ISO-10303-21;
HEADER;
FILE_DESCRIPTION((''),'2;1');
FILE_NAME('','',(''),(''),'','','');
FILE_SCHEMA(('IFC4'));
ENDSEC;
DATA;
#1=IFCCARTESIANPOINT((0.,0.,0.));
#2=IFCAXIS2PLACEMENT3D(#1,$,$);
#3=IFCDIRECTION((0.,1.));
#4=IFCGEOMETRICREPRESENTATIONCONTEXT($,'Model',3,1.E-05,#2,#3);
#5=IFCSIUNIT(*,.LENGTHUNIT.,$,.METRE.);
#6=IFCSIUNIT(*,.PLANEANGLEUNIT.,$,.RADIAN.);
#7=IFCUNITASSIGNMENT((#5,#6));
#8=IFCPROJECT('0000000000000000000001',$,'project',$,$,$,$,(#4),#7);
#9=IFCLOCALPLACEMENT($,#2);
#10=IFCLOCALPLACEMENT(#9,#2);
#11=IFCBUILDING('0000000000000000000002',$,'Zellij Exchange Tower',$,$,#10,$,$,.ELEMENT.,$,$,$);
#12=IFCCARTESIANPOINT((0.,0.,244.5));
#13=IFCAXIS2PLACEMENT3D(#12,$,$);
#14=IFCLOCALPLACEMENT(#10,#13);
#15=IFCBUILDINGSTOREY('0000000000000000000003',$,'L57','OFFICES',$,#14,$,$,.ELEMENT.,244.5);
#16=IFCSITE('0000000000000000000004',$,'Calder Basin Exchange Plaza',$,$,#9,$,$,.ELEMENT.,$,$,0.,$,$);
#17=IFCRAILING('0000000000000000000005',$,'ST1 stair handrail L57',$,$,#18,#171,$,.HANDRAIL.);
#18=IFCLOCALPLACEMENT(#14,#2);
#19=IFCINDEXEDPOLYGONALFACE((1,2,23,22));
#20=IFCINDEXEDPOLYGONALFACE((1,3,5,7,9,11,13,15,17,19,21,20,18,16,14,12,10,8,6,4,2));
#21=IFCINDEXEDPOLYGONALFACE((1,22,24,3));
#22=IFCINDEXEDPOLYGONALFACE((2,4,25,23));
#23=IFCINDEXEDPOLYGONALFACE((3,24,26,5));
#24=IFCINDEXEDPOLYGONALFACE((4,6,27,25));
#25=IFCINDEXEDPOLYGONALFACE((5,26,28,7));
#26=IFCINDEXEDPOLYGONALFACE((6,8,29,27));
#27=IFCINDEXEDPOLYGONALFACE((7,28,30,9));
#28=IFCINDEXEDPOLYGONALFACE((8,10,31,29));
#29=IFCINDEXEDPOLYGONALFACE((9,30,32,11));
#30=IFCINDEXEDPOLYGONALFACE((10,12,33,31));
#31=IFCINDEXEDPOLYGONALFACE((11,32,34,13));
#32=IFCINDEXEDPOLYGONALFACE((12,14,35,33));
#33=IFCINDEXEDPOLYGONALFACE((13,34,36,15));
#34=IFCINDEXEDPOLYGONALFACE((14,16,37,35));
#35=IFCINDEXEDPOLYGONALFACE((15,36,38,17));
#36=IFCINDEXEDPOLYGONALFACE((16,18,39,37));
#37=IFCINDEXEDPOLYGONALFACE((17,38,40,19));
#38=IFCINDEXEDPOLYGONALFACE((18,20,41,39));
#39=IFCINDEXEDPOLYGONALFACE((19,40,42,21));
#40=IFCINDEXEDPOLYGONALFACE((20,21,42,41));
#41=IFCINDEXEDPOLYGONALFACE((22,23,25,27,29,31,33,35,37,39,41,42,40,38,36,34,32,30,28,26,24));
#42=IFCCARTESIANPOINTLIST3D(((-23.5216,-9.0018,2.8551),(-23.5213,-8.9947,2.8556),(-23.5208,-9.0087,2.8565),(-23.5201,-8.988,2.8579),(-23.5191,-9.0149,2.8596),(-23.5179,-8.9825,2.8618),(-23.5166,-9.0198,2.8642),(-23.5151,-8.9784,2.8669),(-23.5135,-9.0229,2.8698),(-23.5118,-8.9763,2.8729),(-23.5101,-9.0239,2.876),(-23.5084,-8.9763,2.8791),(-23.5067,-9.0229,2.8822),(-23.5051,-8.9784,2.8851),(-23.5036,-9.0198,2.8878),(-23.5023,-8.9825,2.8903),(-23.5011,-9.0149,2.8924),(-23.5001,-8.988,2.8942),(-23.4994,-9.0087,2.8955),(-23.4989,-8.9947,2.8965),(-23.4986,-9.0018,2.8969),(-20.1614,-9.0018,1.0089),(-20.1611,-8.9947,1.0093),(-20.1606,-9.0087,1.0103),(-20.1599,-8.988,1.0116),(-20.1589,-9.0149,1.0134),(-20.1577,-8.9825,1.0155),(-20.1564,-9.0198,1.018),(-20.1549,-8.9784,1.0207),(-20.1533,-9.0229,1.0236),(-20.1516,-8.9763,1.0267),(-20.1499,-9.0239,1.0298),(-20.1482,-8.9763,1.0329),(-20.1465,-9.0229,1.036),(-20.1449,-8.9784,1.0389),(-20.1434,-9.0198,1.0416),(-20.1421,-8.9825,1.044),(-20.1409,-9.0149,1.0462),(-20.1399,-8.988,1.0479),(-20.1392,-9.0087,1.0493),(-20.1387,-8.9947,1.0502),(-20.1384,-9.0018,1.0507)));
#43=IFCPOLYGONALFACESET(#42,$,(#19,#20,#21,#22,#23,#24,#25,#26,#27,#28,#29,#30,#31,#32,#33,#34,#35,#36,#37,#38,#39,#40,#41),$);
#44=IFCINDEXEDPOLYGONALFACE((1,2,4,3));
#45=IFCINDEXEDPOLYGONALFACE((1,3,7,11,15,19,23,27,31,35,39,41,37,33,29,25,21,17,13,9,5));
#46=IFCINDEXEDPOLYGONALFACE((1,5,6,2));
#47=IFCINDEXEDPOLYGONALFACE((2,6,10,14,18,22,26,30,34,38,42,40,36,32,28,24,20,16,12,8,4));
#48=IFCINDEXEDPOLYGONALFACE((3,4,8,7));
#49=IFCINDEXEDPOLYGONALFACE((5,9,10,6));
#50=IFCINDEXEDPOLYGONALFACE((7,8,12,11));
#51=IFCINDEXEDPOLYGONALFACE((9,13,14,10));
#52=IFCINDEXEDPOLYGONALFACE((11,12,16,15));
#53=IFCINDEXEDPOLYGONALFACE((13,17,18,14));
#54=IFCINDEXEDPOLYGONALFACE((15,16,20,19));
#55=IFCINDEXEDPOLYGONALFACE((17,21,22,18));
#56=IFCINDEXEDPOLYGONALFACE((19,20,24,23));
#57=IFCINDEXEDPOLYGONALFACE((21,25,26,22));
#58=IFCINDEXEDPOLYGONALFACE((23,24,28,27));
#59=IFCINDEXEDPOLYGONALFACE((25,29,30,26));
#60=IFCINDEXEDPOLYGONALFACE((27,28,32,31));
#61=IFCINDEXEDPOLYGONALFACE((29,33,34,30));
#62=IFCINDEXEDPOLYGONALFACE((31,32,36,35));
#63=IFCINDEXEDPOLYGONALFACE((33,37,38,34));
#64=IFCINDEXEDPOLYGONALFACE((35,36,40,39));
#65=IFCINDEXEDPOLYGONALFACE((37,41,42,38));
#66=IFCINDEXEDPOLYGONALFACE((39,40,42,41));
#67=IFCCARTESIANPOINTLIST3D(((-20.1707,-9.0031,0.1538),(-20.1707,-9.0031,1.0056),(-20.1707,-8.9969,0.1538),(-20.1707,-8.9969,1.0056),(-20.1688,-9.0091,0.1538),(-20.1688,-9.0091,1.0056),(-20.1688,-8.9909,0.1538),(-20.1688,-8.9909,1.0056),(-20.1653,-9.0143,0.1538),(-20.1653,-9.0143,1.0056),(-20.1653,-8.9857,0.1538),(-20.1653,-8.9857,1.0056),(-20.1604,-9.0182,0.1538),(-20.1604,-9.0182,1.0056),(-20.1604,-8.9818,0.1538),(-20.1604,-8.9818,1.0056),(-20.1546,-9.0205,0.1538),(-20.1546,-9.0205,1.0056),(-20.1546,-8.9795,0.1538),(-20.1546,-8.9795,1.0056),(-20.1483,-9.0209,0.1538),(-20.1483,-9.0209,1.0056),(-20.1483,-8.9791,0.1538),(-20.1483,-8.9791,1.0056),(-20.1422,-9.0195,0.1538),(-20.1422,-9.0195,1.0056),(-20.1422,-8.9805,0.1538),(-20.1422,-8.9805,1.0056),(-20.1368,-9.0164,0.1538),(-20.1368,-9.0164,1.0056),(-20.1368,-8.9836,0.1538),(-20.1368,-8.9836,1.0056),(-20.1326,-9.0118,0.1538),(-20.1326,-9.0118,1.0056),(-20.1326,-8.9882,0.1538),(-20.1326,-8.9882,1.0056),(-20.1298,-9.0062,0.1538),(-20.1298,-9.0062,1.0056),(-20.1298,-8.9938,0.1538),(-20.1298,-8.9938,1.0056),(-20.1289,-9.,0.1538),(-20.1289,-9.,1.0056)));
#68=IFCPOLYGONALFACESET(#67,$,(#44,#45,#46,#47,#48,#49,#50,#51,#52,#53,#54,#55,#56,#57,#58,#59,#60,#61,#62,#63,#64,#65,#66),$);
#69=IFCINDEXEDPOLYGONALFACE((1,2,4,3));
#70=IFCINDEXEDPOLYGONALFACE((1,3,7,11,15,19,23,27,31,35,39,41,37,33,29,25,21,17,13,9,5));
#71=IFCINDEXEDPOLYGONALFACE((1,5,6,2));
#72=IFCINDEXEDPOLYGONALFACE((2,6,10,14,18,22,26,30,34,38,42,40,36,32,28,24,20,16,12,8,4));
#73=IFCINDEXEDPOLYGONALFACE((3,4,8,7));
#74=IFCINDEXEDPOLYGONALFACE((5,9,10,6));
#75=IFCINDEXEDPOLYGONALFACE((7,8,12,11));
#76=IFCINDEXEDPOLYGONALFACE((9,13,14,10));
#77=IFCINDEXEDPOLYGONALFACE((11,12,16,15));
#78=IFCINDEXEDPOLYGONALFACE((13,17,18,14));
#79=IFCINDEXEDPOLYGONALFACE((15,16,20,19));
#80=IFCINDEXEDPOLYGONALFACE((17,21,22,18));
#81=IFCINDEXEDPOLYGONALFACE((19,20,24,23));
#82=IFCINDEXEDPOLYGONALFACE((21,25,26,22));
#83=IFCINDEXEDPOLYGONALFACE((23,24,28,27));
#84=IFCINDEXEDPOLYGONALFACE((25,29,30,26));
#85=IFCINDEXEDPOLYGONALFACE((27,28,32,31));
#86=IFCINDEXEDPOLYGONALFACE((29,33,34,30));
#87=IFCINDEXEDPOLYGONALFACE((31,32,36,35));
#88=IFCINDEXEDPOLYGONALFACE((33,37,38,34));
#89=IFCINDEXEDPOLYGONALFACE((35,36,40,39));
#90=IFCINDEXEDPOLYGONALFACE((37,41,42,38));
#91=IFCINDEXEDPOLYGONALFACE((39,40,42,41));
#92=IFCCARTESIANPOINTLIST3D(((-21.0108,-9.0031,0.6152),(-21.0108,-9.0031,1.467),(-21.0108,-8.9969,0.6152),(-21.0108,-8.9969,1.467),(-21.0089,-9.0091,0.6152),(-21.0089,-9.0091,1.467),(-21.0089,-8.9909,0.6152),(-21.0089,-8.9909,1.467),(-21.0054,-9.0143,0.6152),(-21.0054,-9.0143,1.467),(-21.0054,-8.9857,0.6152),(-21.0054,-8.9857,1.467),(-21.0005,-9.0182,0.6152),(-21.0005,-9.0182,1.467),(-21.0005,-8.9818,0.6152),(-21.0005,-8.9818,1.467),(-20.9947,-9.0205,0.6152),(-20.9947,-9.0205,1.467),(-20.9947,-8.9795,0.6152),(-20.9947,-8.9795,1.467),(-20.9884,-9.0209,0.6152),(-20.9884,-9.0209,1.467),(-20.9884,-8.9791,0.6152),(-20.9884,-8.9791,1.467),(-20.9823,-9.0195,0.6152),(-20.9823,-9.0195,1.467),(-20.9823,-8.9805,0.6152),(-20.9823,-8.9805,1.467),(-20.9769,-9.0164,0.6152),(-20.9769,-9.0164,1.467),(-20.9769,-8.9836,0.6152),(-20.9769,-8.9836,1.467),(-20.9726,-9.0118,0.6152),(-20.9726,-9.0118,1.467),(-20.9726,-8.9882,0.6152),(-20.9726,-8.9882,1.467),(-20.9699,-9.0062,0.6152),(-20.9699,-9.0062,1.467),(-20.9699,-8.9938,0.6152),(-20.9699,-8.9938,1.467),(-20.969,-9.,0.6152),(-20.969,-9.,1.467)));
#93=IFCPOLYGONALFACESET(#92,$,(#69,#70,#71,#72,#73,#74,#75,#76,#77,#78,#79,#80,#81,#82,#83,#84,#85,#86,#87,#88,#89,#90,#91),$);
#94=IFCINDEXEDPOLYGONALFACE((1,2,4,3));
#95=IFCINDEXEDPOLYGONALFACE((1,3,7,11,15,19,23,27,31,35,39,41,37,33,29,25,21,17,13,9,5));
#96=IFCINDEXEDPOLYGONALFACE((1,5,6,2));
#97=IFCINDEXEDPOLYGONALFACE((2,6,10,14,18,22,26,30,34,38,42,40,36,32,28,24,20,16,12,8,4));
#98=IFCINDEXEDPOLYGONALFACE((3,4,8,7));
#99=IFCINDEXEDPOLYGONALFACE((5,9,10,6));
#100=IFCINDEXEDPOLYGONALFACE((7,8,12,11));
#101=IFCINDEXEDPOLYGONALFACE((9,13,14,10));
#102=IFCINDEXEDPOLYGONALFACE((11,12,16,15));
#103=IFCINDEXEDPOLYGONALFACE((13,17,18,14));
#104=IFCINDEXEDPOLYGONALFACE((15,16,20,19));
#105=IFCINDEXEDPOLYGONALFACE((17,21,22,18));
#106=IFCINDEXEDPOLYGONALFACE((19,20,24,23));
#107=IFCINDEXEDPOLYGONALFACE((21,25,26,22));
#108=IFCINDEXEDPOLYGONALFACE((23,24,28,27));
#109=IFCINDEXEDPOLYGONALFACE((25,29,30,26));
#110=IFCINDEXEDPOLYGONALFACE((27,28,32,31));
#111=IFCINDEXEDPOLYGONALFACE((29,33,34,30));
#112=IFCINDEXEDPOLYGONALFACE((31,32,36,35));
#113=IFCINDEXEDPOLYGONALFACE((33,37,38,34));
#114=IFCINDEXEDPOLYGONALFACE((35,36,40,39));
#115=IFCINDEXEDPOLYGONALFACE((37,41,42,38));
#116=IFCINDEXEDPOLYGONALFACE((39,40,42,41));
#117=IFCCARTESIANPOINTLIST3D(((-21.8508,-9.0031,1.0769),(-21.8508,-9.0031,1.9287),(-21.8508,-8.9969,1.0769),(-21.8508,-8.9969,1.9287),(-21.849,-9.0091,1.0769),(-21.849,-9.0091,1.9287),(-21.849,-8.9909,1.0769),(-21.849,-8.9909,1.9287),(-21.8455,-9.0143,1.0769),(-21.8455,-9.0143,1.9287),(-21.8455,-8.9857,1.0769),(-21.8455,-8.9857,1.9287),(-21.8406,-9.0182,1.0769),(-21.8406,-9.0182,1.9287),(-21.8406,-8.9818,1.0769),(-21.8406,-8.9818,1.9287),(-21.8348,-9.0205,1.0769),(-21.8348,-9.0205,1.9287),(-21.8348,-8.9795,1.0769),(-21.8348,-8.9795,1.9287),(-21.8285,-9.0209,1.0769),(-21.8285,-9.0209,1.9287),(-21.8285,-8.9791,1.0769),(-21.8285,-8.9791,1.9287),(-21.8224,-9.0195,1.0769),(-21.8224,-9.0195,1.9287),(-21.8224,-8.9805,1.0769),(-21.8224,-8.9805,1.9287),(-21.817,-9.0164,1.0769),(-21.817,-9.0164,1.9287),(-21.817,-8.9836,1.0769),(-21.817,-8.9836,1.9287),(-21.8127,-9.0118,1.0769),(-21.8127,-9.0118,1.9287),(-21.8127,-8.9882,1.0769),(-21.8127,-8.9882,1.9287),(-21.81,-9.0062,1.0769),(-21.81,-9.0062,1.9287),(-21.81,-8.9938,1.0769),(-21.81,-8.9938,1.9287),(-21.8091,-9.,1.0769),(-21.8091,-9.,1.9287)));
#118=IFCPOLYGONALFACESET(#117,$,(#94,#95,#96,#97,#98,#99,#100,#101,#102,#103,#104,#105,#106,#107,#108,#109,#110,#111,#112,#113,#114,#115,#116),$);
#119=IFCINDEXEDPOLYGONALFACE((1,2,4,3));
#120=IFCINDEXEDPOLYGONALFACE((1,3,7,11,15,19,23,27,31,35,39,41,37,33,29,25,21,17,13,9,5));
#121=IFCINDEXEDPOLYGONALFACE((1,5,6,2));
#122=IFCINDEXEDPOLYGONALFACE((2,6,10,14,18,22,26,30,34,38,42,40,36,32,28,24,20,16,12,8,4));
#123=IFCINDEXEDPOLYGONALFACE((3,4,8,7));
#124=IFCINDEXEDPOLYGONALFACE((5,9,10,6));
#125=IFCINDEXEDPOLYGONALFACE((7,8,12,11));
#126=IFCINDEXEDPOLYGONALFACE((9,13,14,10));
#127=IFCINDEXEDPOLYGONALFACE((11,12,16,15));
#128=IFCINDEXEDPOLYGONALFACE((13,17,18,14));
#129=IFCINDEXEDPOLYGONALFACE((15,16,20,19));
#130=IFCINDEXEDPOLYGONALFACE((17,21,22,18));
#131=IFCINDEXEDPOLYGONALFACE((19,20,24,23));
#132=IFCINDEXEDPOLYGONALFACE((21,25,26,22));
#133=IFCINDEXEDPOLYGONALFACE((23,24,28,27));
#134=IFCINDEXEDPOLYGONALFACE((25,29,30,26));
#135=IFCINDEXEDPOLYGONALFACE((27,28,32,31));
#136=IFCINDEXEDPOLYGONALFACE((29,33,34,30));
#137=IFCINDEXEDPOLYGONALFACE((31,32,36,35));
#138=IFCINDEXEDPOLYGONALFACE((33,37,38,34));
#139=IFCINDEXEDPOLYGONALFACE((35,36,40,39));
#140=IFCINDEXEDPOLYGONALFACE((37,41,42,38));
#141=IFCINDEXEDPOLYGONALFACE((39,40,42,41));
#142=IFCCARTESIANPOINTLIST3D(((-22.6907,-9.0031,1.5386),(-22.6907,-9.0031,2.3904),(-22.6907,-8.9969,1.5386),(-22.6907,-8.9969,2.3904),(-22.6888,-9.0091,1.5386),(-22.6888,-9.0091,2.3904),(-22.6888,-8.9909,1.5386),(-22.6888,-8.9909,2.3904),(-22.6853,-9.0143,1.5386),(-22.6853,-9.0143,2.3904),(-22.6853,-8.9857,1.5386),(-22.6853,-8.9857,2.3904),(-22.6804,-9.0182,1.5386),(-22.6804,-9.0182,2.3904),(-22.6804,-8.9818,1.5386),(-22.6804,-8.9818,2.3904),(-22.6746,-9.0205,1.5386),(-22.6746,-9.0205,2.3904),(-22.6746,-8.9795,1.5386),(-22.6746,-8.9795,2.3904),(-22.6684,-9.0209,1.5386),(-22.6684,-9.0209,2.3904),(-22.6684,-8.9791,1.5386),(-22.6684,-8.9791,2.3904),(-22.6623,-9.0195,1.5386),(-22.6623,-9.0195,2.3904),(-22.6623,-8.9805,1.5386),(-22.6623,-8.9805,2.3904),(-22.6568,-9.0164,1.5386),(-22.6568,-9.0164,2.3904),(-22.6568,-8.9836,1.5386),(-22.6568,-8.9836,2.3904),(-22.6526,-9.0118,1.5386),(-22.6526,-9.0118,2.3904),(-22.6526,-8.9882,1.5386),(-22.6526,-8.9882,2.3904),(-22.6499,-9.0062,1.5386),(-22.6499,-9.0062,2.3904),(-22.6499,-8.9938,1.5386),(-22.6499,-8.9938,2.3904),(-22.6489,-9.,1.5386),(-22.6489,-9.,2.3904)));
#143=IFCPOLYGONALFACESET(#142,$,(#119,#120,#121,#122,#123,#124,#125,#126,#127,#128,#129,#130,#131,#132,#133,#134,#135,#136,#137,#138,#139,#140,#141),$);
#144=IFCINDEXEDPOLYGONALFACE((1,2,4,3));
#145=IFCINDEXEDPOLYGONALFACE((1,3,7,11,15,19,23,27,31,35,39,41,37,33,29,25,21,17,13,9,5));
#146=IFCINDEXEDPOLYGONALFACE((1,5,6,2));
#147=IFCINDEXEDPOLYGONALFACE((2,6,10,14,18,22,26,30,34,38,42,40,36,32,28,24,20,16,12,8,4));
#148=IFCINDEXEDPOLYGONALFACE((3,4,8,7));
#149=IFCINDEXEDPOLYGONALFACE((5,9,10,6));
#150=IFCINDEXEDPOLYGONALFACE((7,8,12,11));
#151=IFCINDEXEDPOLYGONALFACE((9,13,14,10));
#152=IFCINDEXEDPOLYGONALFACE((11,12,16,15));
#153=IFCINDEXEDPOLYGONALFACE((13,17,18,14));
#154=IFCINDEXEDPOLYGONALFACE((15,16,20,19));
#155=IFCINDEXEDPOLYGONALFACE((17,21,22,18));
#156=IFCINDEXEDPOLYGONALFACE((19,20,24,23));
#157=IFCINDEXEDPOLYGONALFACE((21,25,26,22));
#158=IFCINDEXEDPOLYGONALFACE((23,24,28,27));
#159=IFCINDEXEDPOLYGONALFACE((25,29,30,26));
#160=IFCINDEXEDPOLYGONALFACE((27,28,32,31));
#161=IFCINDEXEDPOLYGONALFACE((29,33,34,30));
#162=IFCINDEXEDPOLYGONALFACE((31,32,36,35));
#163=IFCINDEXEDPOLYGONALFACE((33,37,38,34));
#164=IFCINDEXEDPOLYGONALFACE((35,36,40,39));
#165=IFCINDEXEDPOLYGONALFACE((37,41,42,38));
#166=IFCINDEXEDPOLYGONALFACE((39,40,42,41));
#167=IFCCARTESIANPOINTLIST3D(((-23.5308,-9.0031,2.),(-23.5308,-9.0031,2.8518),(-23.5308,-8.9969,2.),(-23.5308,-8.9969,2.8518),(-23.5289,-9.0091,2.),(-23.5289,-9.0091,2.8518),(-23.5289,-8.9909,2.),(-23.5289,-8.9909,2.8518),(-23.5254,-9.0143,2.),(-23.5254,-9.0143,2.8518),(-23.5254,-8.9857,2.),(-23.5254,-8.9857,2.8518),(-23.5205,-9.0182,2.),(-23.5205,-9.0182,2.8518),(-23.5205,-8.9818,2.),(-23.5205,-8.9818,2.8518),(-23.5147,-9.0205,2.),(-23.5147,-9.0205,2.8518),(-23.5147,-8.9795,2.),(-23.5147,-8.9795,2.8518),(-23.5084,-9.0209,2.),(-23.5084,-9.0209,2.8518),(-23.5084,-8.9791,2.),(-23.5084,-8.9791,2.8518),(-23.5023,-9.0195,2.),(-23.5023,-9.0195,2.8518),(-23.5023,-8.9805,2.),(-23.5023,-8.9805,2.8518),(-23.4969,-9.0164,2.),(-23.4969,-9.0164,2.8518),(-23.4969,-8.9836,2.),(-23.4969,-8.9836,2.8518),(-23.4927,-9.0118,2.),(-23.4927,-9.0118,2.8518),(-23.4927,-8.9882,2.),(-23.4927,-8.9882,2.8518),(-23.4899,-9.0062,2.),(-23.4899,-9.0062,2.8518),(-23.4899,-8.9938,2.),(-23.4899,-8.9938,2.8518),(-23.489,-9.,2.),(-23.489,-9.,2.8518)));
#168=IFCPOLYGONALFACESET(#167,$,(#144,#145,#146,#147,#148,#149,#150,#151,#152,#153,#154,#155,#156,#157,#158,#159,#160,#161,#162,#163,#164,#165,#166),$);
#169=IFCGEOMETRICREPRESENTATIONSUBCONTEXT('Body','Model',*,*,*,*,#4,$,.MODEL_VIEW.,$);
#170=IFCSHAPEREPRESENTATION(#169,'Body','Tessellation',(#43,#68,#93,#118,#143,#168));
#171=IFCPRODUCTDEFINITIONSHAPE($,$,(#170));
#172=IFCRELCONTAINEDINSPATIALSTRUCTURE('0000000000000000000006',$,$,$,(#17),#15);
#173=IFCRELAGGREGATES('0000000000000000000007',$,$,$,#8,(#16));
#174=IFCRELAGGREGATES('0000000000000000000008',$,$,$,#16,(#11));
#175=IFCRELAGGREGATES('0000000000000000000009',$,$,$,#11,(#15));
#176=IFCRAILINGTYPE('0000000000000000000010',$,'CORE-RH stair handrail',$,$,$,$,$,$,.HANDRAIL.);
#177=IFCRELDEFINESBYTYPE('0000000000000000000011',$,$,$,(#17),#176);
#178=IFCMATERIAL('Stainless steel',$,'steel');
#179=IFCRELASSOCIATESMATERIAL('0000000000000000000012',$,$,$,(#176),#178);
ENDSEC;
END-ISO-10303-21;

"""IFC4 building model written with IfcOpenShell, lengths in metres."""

from ifc_helpers import new_model, si_unit, direction, frame, origin, origin_2d, place, context, subcontext, project, spatial, circle, extrude, material, type_object, element, save


model = new_model("IFC4")

# Units and contexts
model_context = context("Model", 3, precision=1e-05, world=origin(), true_north=direction((0.0, 1.0)))
body_context = subcontext(model_context, "Body", "Model", "MODEL_VIEW")
ifc_project = project(units=[si_unit("LENGTHUNIT", "METRE"), si_unit("PLANEANGLEUNIT", "RADIAN")], contexts=[model_context])

# Site, building, storey
site_placement = place(None, origin())
site = spatial("IfcSite", under=ifc_project, at=site_placement, Name="Calder Basin Exchange Plaza", CompositionType="ELEMENT", RefElevation=0.0)
building_placement = place(site_placement, origin())
building = spatial("IfcBuilding", under=site, at=building_placement, Name="Zellij Exchange Tower", CompositionType="ELEMENT")
storey_placement = place(building_placement, frame((0.0, 0.0, 244.5)))
storey = spatial("IfcBuildingStorey", under=building, at=storey_placement, Name="L57", Description="OFFICES", CompositionType="ELEMENT", Elevation=244.5)

# Railing
ifc_material_1 = material(Name="Stainless steel", Category="steel")
railing_type_1 = type_object("IfcRailingType", Name="CORE-RH stair handrail", PredefinedType="HANDRAIL", material=ifc_material_1)
railing_1_placement = place(storey_placement, frame((-20.1499, -9.0, 0.1538)))
element("IfcRailing", 1, at=railing_1_placement, inside=storey, type_object=railing_type_1, Name="ST1 stair handrail L57", PredefinedType="HANDRAIL", context=body_context, shape_type="SweptSolid", body=[
    extrude(circle(Radius=0.0239, at=origin_2d()), frame((0.0, 0.0, 0.876), z_axis=(-0.876422, 0.0, 0.481545), x_axis=(0.0, -1.0, 0.0)), (0.0, 0.0, 1.0), 3.834),
    extrude(circle(Radius=0.021, at=origin_2d()), origin(), (0.0, 0.0, 1.0), 0.8518),
    extrude(circle(Radius=0.021, at=origin_2d()), frame((-0.8401, 0.0, 0.4614)), (0.0, 0.0, 1.0), 0.8518),
    extrude(circle(Radius=0.021, at=origin_2d()), frame((-1.6802, 0.0, 0.9231)), (0.0, 0.0, 1.0), 0.8518),
    extrude(circle(Radius=0.021, at=origin_2d()), frame((-2.52, 0.0, 1.3848)), (0.0, 0.0, 1.0), 0.8518),
    extrude(circle(Radius=0.021, at=origin_2d()), frame((-3.3601, 0.0, 1.8462)), (0.0, 0.0, 1.0), 0.8518),
])

save(model, "model.ifc")
